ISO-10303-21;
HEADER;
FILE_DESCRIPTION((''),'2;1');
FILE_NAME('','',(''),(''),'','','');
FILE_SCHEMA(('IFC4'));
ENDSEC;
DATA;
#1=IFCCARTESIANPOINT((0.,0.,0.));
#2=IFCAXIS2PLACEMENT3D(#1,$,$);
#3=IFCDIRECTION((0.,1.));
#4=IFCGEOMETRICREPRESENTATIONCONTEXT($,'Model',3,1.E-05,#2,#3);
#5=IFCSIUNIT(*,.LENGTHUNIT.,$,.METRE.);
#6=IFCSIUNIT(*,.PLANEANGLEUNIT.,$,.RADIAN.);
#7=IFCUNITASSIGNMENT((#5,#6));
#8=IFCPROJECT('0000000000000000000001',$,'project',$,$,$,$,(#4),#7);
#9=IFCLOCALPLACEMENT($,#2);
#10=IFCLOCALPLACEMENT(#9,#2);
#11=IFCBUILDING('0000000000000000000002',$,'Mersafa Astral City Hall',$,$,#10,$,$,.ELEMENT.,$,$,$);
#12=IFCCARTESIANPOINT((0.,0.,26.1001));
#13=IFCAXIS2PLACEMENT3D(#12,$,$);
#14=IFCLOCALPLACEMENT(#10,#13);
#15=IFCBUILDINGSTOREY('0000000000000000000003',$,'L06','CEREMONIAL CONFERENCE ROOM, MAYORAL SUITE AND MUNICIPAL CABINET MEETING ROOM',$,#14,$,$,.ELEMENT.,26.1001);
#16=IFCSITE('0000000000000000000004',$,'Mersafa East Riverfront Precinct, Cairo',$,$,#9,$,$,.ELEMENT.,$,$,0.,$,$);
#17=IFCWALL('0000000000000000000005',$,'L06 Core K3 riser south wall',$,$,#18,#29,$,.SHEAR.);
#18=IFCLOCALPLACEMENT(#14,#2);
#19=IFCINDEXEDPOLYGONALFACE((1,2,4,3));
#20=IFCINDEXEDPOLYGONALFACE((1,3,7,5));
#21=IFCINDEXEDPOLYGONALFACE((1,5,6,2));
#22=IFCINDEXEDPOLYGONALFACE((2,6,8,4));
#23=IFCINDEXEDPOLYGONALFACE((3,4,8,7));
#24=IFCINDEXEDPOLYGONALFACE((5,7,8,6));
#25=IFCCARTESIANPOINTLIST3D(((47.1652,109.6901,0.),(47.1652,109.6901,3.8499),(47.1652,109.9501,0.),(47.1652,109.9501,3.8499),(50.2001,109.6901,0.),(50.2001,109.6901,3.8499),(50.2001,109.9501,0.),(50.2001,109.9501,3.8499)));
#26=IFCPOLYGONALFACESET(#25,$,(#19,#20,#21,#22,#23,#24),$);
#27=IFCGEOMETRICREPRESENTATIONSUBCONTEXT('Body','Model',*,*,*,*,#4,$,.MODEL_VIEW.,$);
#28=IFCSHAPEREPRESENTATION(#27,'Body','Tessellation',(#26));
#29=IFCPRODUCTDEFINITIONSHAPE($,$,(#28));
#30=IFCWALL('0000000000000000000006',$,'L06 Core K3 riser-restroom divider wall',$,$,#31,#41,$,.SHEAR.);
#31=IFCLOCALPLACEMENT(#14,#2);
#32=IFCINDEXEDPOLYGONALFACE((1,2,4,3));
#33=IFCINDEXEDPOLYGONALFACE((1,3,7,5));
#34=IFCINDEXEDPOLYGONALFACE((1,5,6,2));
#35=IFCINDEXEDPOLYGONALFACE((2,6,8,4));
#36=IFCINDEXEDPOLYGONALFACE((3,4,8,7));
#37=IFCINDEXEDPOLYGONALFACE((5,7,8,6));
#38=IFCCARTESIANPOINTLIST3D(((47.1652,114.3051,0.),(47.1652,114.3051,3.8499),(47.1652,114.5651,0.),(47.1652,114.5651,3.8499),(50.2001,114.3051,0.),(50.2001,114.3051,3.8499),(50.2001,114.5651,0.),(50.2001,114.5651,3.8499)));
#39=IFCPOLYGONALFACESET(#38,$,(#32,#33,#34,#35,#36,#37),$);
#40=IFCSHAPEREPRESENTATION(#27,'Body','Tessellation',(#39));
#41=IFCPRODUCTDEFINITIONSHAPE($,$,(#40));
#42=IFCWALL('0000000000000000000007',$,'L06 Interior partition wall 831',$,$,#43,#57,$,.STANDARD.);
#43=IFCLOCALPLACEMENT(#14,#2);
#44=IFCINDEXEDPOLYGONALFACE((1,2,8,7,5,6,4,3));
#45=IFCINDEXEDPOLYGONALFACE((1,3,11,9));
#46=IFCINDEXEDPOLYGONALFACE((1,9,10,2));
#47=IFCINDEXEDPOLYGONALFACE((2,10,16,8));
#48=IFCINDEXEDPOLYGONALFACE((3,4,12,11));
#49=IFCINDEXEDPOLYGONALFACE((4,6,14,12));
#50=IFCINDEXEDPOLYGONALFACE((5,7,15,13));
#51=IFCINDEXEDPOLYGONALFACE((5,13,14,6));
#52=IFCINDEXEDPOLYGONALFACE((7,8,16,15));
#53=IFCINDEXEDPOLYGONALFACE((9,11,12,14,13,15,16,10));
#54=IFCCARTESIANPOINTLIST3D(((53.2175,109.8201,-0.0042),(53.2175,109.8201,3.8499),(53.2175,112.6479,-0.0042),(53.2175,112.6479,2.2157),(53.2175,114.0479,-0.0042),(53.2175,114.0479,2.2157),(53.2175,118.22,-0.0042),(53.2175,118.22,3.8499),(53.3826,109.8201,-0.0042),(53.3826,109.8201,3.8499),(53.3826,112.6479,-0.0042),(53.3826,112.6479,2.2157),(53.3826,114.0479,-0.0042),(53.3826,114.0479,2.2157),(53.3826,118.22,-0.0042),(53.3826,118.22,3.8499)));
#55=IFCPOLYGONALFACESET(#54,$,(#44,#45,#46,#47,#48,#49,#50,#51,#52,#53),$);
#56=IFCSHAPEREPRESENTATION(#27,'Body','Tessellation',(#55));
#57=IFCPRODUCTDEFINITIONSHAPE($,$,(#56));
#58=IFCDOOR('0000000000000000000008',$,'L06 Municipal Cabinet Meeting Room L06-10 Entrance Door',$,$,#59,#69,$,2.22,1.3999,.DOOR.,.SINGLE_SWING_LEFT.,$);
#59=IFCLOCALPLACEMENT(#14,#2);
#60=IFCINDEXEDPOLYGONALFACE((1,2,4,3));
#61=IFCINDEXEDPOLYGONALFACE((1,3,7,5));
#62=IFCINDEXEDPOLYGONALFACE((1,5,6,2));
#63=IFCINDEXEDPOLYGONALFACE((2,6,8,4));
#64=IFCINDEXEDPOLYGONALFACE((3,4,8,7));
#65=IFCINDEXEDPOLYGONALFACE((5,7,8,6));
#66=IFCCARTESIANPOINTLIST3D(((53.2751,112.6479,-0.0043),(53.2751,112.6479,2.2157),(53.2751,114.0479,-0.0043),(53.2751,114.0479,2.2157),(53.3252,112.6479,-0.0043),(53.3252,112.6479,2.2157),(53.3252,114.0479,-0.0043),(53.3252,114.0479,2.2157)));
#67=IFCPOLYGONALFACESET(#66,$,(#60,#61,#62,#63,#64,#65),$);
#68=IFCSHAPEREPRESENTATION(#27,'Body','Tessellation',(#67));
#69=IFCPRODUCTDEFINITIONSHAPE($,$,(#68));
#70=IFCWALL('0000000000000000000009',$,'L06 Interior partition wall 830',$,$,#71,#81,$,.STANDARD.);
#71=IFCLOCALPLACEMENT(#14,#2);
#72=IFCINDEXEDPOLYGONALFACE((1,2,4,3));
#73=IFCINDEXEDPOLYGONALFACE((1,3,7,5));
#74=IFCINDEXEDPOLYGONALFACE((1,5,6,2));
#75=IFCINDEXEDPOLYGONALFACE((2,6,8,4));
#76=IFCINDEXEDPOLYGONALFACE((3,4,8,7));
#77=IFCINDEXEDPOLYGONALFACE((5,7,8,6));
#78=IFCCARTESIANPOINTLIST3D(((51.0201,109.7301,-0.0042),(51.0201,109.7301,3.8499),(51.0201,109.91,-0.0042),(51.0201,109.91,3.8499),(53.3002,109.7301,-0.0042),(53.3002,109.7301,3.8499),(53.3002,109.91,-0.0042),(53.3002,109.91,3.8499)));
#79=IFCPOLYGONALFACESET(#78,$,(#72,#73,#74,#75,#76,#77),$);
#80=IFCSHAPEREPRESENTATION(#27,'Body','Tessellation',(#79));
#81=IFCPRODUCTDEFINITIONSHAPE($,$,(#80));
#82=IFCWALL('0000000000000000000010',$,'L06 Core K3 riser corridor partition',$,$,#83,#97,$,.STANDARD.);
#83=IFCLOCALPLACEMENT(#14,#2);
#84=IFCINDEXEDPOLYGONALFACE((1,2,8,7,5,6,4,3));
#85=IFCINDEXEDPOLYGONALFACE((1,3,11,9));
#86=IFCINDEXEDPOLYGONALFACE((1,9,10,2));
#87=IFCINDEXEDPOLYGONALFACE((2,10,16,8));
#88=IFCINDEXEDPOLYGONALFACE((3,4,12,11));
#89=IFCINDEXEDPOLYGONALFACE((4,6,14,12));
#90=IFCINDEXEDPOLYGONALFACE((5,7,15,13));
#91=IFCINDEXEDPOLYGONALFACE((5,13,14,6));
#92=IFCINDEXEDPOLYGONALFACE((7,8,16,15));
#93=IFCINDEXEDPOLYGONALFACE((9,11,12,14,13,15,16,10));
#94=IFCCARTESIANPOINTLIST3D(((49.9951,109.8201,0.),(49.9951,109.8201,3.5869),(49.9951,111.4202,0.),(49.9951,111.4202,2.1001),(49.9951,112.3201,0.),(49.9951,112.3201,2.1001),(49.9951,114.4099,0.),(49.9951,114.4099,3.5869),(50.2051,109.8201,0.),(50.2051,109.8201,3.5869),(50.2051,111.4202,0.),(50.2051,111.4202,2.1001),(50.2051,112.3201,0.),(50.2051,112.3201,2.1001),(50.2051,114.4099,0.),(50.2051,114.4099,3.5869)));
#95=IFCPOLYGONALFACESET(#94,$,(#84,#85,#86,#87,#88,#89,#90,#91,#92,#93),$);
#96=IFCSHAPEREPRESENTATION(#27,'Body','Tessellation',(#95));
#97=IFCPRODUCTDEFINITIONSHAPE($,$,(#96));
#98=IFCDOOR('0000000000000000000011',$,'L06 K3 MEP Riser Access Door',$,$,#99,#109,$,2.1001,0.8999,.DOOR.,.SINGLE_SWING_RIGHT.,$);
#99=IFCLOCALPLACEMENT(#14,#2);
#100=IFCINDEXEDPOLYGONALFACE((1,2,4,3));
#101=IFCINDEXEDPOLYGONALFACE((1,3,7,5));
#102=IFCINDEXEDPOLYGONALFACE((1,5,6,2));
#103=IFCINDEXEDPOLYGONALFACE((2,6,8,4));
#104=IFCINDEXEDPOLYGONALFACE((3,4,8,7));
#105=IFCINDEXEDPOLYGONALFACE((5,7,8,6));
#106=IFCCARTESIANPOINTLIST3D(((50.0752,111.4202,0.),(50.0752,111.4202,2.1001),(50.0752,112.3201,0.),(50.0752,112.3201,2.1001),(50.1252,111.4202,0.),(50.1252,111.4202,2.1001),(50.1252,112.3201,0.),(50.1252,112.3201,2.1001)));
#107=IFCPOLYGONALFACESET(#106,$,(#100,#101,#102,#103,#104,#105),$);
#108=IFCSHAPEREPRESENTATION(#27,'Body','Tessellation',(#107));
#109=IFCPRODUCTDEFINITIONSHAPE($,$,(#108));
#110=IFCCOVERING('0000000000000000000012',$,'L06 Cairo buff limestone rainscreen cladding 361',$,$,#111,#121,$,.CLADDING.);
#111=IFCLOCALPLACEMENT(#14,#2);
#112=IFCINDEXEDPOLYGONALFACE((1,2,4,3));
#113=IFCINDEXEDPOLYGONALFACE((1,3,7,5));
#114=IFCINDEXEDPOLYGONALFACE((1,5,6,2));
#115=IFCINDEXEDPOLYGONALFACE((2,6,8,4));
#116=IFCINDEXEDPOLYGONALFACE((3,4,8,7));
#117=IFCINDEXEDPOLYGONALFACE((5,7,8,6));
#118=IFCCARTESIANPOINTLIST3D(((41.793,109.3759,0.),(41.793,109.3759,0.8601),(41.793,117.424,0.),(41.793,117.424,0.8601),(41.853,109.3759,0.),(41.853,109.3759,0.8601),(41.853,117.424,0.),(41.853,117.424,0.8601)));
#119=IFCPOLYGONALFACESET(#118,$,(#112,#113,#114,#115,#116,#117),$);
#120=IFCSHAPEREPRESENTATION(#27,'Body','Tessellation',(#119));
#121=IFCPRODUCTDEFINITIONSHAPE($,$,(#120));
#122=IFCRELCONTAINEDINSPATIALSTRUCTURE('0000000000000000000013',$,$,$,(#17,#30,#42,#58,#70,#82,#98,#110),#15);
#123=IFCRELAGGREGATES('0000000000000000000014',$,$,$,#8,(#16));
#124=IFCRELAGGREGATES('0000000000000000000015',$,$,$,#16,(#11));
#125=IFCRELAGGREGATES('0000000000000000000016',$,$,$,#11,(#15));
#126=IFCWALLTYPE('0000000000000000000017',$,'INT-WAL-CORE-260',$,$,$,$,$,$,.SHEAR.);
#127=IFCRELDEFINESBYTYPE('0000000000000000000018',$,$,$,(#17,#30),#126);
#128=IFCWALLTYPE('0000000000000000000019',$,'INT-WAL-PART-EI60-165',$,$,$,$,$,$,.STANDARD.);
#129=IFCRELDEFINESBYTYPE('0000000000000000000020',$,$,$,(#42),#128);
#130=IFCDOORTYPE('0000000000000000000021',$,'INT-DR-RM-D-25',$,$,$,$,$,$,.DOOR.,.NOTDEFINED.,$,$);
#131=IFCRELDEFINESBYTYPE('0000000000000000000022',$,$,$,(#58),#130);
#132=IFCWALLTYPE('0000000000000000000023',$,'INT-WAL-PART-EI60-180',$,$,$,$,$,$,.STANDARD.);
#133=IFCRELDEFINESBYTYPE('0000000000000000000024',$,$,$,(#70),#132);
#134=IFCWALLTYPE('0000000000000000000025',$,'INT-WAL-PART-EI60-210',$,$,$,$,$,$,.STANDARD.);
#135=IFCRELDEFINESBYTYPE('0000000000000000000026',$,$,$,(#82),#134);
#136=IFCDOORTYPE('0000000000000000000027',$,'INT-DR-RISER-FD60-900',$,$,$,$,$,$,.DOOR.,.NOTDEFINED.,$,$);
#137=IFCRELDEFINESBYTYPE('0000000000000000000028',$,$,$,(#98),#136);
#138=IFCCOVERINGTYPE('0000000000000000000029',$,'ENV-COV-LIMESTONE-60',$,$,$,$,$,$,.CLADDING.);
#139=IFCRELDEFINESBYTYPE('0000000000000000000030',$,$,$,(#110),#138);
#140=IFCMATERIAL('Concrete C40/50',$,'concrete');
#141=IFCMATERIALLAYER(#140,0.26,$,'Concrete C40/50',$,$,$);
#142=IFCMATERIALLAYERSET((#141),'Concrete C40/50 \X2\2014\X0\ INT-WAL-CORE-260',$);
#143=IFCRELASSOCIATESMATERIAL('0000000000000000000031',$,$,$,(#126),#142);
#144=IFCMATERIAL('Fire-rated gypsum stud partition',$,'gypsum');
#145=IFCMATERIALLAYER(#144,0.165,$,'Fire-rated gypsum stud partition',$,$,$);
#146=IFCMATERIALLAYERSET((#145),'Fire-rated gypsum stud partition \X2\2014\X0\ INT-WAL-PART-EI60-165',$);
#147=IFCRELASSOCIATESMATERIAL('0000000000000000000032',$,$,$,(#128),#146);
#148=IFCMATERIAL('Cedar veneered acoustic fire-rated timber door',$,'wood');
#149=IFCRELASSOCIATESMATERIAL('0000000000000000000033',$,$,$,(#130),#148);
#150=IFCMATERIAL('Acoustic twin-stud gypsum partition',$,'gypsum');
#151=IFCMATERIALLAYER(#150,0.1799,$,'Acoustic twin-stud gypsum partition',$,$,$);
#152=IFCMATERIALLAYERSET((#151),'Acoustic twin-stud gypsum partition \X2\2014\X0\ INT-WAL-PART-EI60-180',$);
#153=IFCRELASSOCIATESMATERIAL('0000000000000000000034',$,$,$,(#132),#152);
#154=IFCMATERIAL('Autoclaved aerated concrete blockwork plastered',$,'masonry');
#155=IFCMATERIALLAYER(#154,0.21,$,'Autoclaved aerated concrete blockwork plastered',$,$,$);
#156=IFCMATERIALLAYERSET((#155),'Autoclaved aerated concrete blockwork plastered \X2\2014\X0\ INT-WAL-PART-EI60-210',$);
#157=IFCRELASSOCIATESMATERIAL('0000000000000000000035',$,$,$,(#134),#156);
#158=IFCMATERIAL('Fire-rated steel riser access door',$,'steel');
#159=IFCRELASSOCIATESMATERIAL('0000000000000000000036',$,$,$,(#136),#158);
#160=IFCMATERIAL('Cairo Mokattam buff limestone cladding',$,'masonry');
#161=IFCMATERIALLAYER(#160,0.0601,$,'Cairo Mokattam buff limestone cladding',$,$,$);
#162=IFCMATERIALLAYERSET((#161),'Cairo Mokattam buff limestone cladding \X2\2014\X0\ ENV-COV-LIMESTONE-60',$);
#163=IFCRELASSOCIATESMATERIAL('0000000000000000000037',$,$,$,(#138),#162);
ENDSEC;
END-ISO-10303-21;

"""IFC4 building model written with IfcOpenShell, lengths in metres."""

from ifc_helpers import new_model, si_unit, direction, frame, frame_2d, origin, origin_2d, place, context, subcontext, project, spatial, rectangle, extrude, material, layer, layer_set, type_object, element, fill, save


model = new_model("IFC4")

# Units and contexts
model_context = context("Model", 3, precision=1e-05, world=origin(), true_north=direction((0.0, 1.0)))
body_context = subcontext(model_context, "Body", "Model", "MODEL_VIEW")
ifc_project = project(units=[si_unit("LENGTHUNIT", "METRE"), si_unit("PLANEANGLEUNIT", "RADIAN")], contexts=[model_context])

# Site, building, storey
site_placement = place(None, origin())
site = spatial("IfcSite", under=ifc_project, at=site_placement, Name="Mersafa East Riverfront Precinct, Cairo", CompositionType="ELEMENT", RefElevation=0.0)
building_placement = place(site_placement, origin())
building = spatial("IfcBuilding", under=site, at=building_placement, Name="Mersafa Astral City Hall", CompositionType="ELEMENT")
storey_placement = place(building_placement, frame((0.0, 0.0, 26.1001)))
storey = spatial("IfcBuildingStorey", under=building, at=storey_placement, Name="L06", Description="CEREMONIAL CONFERENCE ROOM, MAYORAL SUITE AND MUNICIPAL CABINET MEETING ROOM", CompositionType="ELEMENT", Elevation=26.1001)

# Walls
ifc_material_1 = material(Name="Concrete C40/50", Category="concrete")
ifc_layer_1 = layer(ifc_material_1, 0.26, Name="Concrete C40/50")
ifc_layer_set_1 = layer_set([ifc_layer_1], Name="Concrete C40/50 — INT-WAL-CORE-260")
wall_type_1 = type_object("IfcWallType", Name="INT-WAL-CORE-260", PredefinedType="SHEAR", material=ifc_layer_set_1)
for number, where, z_axis, x_axis, name in (
    (1, (47.165, 109.8201, 0.0), (0.0, 0.0, 1.0), (1.0, 0.0, 0.0), "L06 Core K3 riser south wall"),
    (2, (47.165, 114.4351, 0.0), (0.0, 0.0, 1.0), (1.0, 0.0, 0.0), "L06 Core K3 riser-restroom divider wall"),
):
    element("IfcWall", number, at=place(storey_placement, frame(where, z_axis=z_axis, x_axis=x_axis)), inside=storey, type_object=wall_type_1, Name=name, PredefinedType="SHEAR", context=body_context, shape_type="SweptSolid", body=[
        extrude(rectangle(XDim=3.0349, YDim=0.26, at=frame_2d((1.5176, 0.0))), origin(), (0.0, 0.0, 1.0), 3.8499),
    ])

# Wall, opening, door
ifc_material_2 = material(Name="Fire-rated gypsum stud partition", Category="gypsum")
ifc_layer_2 = layer(ifc_material_2, 0.165, Name="Fire-rated gypsum stud partition")
ifc_layer_set_2 = layer_set([ifc_layer_2], Name="Fire-rated gypsum stud partition — INT-WAL-PART-EI60-165")
wall_type_2 = type_object("IfcWallType", Name="INT-WAL-PART-EI60-165", PredefinedType="STANDARD", material=ifc_layer_set_2)
wall_1_placement = place(storey_placement, frame((53.3, 109.8201, -0.0042), z_axis=(0.0, 0.0, 1.0), x_axis=(0.0, 1.0, 0.0)))
wall_1 = element("IfcWall", 3, at=wall_1_placement, inside=storey, type_object=wall_type_2, Name="L06 Interior partition wall 831", PredefinedType="STANDARD", context=body_context, shape_type="SweptSolid", body=[
    extrude(rectangle(XDim=8.3999, YDim=0.165, at=frame_2d((4.2, 0.0))), origin(), (0.0, 0.0, 1.0), 3.854),
])
opening_1_placement = place(wall_1_placement, frame((2.8279, 0.0, 0.0)))
opening_1 = element("IfcOpeningElement", 4, at=opening_1_placement, cuts=wall_1, PredefinedType="OPENING", context=body_context, shape_type="SweptSolid", body=[
    extrude(rectangle(XDim=1.3999, YDim=2.22, at=frame_2d((0.7, 1.1099))), frame((0.0, 0.0925, 0.0), z_axis=(0.0, -1.0, 0.0), x_axis=(1.0, 0.0, 0.0)), (0.0, 0.0, 1.0), 0.1851),
])
ifc_material_3 = material(Name="Cedar veneered acoustic fire-rated timber door", Category="wood")
door_type_1 = type_object("IfcDoorType", Name="INT-DR-RM-D-25", OperationType="NOTDEFINED", PredefinedType="DOOR", material=ifc_material_3)
door_1_placement = place(opening_1_placement, origin())
door_1 = element("IfcDoor", 5, at=door_1_placement, inside=storey, type_object=door_type_1, Name="L06 Municipal Cabinet Meeting Room L06-10 Entrance Door", OperationType="SINGLE_SWING_LEFT", OverallHeight=2.22, OverallWidth=1.3999, PredefinedType="DOOR", context=body_context, shape_type="SweptSolid", body=[
    extrude(rectangle(XDim=1.3999, YDim=2.22, at=frame_2d((0.7, 1.1099))), frame((0.0, 0.0249, 0.0), z_axis=(0.0, -1.0, 0.0), x_axis=(1.0, 0.0, 0.0)), (0.0, 0.0, 1.0), 0.05),
])
fill(opening_1, door_1)

# Wall
ifc_material_4 = material(Name="Acoustic twin-stud gypsum partition", Category="gypsum")
ifc_layer_3 = layer(ifc_material_4, 0.1799, Name="Acoustic twin-stud gypsum partition")
ifc_layer_set_3 = layer_set([ifc_layer_3], Name="Acoustic twin-stud gypsum partition — INT-WAL-PART-EI60-180")
wall_type_3 = type_object("IfcWallType", Name="INT-WAL-PART-EI60-180", PredefinedType="STANDARD", material=ifc_layer_set_3)
wall_2_placement = place(storey_placement, frame((51.02, 109.8201, -0.0042), z_axis=(0.0, 0.0, 1.0), x_axis=(1.0, 0.0, 0.0)))
element("IfcWall", 6, at=wall_2_placement, inside=storey, type_object=wall_type_3, Name="L06 Interior partition wall 830", PredefinedType="STANDARD", context=body_context, shape_type="SweptSolid", body=[
    extrude(rectangle(XDim=2.28, YDim=0.1799, at=frame_2d((1.1401, 0.0))), origin(), (0.0, 0.0, 1.0), 3.854),
])

# Wall, opening, door
ifc_material_5 = material(Name="Autoclaved aerated concrete blockwork plastered", Category="masonry")
ifc_layer_4 = layer(ifc_material_5, 0.21, Name="Autoclaved aerated concrete blockwork plastered")
ifc_layer_set_4 = layer_set([ifc_layer_4], Name="Autoclaved aerated concrete blockwork plastered — INT-WAL-PART-EI60-210")
wall_type_4 = type_object("IfcWallType", Name="INT-WAL-PART-EI60-210", PredefinedType="STANDARD", material=ifc_layer_set_4)
wall_3_placement = place(storey_placement, frame((50.1001, 109.8201, 0.0), z_axis=(0.0, 0.0, 1.0), x_axis=(0.0, 1.0, 0.0)))
wall_3 = element("IfcWall", 7, at=wall_3_placement, inside=storey, type_object=wall_type_4, Name="L06 Core K3 riser corridor partition", PredefinedType="STANDARD", context=body_context, shape_type="SweptSolid", body=[
    extrude(rectangle(XDim=4.5898, YDim=0.21, at=frame_2d((2.2949, 0.0))), origin(), (0.0, 0.0, 1.0), 3.5869),
])
opening_2_placement = place(wall_3_placement, frame((1.6001, 0.0, 0.0)))
opening_2 = element("IfcOpeningElement", 8, at=opening_2_placement, cuts=wall_3, PredefinedType="OPENING", context=body_context, shape_type="SweptSolid", body=[
    extrude(rectangle(XDim=0.8999, YDim=2.1001, at=frame_2d((0.45, 1.05))), frame((0.0, 0.115, 0.0), z_axis=(0.0, -1.0, 0.0), x_axis=(1.0, 0.0, 0.0)), (0.0, 0.0, 1.0), 0.23),
])
ifc_material_6 = material(Name="Fire-rated steel riser access door", Category="steel")
door_type_2 = type_object("IfcDoorType", Name="INT-DR-RISER-FD60-900", OperationType="NOTDEFINED", PredefinedType="DOOR", material=ifc_material_6)
door_2_placement = place(opening_2_placement, origin())
door_2 = element("IfcDoor", 9, at=door_2_placement, inside=storey, type_object=door_type_2, Name="L06 K3 MEP Riser Access Door", OperationType="SINGLE_SWING_RIGHT", OverallHeight=2.1001, OverallWidth=0.8999, PredefinedType="DOOR", context=body_context, shape_type="SweptSolid", body=[
    extrude(rectangle(XDim=0.8999, YDim=2.1001, at=frame_2d((0.45, 1.05))), frame((0.0, 0.0249, 0.0), z_axis=(0.0, -1.0, 0.0), x_axis=(1.0, 0.0, 0.0)), (0.0, 0.0, 1.0), 0.05),
])
fill(opening_2, door_2)

# Covering
ifc_material_7 = material(Name="Cairo Mokattam buff limestone cladding", Category="masonry")
ifc_layer_5 = layer(ifc_material_7, 0.0601, Name="Cairo Mokattam buff limestone cladding")
ifc_layer_set_5 = layer_set([ifc_layer_5], Name="Cairo Mokattam buff limestone cladding — ENV-COV-LIMESTONE-60")
covering_type = type_object("IfcCoveringType", Name="ENV-COV-LIMESTONE-60", PredefinedType="CLADDING", material=ifc_layer_set_5)
covering_placement = place(storey_placement, frame((41.823, 113.3999, 0.0), z_axis=(0.0, 0.0, 1.0), x_axis=(0.0, -1.0, 0.0)))
element("IfcCovering", 10, at=covering_placement, inside=storey, type_object=covering_type, Name="L06 Cairo buff limestone rainscreen cladding 361", PredefinedType="CLADDING", context=body_context, shape_type="SweptSolid", body=[
    extrude(rectangle(XDim=8.0481, YDim=0.0601, at=origin_2d()), origin(), (0.0, 0.0, 1.0), 0.8601),
])

save(model, "model.ifc")
